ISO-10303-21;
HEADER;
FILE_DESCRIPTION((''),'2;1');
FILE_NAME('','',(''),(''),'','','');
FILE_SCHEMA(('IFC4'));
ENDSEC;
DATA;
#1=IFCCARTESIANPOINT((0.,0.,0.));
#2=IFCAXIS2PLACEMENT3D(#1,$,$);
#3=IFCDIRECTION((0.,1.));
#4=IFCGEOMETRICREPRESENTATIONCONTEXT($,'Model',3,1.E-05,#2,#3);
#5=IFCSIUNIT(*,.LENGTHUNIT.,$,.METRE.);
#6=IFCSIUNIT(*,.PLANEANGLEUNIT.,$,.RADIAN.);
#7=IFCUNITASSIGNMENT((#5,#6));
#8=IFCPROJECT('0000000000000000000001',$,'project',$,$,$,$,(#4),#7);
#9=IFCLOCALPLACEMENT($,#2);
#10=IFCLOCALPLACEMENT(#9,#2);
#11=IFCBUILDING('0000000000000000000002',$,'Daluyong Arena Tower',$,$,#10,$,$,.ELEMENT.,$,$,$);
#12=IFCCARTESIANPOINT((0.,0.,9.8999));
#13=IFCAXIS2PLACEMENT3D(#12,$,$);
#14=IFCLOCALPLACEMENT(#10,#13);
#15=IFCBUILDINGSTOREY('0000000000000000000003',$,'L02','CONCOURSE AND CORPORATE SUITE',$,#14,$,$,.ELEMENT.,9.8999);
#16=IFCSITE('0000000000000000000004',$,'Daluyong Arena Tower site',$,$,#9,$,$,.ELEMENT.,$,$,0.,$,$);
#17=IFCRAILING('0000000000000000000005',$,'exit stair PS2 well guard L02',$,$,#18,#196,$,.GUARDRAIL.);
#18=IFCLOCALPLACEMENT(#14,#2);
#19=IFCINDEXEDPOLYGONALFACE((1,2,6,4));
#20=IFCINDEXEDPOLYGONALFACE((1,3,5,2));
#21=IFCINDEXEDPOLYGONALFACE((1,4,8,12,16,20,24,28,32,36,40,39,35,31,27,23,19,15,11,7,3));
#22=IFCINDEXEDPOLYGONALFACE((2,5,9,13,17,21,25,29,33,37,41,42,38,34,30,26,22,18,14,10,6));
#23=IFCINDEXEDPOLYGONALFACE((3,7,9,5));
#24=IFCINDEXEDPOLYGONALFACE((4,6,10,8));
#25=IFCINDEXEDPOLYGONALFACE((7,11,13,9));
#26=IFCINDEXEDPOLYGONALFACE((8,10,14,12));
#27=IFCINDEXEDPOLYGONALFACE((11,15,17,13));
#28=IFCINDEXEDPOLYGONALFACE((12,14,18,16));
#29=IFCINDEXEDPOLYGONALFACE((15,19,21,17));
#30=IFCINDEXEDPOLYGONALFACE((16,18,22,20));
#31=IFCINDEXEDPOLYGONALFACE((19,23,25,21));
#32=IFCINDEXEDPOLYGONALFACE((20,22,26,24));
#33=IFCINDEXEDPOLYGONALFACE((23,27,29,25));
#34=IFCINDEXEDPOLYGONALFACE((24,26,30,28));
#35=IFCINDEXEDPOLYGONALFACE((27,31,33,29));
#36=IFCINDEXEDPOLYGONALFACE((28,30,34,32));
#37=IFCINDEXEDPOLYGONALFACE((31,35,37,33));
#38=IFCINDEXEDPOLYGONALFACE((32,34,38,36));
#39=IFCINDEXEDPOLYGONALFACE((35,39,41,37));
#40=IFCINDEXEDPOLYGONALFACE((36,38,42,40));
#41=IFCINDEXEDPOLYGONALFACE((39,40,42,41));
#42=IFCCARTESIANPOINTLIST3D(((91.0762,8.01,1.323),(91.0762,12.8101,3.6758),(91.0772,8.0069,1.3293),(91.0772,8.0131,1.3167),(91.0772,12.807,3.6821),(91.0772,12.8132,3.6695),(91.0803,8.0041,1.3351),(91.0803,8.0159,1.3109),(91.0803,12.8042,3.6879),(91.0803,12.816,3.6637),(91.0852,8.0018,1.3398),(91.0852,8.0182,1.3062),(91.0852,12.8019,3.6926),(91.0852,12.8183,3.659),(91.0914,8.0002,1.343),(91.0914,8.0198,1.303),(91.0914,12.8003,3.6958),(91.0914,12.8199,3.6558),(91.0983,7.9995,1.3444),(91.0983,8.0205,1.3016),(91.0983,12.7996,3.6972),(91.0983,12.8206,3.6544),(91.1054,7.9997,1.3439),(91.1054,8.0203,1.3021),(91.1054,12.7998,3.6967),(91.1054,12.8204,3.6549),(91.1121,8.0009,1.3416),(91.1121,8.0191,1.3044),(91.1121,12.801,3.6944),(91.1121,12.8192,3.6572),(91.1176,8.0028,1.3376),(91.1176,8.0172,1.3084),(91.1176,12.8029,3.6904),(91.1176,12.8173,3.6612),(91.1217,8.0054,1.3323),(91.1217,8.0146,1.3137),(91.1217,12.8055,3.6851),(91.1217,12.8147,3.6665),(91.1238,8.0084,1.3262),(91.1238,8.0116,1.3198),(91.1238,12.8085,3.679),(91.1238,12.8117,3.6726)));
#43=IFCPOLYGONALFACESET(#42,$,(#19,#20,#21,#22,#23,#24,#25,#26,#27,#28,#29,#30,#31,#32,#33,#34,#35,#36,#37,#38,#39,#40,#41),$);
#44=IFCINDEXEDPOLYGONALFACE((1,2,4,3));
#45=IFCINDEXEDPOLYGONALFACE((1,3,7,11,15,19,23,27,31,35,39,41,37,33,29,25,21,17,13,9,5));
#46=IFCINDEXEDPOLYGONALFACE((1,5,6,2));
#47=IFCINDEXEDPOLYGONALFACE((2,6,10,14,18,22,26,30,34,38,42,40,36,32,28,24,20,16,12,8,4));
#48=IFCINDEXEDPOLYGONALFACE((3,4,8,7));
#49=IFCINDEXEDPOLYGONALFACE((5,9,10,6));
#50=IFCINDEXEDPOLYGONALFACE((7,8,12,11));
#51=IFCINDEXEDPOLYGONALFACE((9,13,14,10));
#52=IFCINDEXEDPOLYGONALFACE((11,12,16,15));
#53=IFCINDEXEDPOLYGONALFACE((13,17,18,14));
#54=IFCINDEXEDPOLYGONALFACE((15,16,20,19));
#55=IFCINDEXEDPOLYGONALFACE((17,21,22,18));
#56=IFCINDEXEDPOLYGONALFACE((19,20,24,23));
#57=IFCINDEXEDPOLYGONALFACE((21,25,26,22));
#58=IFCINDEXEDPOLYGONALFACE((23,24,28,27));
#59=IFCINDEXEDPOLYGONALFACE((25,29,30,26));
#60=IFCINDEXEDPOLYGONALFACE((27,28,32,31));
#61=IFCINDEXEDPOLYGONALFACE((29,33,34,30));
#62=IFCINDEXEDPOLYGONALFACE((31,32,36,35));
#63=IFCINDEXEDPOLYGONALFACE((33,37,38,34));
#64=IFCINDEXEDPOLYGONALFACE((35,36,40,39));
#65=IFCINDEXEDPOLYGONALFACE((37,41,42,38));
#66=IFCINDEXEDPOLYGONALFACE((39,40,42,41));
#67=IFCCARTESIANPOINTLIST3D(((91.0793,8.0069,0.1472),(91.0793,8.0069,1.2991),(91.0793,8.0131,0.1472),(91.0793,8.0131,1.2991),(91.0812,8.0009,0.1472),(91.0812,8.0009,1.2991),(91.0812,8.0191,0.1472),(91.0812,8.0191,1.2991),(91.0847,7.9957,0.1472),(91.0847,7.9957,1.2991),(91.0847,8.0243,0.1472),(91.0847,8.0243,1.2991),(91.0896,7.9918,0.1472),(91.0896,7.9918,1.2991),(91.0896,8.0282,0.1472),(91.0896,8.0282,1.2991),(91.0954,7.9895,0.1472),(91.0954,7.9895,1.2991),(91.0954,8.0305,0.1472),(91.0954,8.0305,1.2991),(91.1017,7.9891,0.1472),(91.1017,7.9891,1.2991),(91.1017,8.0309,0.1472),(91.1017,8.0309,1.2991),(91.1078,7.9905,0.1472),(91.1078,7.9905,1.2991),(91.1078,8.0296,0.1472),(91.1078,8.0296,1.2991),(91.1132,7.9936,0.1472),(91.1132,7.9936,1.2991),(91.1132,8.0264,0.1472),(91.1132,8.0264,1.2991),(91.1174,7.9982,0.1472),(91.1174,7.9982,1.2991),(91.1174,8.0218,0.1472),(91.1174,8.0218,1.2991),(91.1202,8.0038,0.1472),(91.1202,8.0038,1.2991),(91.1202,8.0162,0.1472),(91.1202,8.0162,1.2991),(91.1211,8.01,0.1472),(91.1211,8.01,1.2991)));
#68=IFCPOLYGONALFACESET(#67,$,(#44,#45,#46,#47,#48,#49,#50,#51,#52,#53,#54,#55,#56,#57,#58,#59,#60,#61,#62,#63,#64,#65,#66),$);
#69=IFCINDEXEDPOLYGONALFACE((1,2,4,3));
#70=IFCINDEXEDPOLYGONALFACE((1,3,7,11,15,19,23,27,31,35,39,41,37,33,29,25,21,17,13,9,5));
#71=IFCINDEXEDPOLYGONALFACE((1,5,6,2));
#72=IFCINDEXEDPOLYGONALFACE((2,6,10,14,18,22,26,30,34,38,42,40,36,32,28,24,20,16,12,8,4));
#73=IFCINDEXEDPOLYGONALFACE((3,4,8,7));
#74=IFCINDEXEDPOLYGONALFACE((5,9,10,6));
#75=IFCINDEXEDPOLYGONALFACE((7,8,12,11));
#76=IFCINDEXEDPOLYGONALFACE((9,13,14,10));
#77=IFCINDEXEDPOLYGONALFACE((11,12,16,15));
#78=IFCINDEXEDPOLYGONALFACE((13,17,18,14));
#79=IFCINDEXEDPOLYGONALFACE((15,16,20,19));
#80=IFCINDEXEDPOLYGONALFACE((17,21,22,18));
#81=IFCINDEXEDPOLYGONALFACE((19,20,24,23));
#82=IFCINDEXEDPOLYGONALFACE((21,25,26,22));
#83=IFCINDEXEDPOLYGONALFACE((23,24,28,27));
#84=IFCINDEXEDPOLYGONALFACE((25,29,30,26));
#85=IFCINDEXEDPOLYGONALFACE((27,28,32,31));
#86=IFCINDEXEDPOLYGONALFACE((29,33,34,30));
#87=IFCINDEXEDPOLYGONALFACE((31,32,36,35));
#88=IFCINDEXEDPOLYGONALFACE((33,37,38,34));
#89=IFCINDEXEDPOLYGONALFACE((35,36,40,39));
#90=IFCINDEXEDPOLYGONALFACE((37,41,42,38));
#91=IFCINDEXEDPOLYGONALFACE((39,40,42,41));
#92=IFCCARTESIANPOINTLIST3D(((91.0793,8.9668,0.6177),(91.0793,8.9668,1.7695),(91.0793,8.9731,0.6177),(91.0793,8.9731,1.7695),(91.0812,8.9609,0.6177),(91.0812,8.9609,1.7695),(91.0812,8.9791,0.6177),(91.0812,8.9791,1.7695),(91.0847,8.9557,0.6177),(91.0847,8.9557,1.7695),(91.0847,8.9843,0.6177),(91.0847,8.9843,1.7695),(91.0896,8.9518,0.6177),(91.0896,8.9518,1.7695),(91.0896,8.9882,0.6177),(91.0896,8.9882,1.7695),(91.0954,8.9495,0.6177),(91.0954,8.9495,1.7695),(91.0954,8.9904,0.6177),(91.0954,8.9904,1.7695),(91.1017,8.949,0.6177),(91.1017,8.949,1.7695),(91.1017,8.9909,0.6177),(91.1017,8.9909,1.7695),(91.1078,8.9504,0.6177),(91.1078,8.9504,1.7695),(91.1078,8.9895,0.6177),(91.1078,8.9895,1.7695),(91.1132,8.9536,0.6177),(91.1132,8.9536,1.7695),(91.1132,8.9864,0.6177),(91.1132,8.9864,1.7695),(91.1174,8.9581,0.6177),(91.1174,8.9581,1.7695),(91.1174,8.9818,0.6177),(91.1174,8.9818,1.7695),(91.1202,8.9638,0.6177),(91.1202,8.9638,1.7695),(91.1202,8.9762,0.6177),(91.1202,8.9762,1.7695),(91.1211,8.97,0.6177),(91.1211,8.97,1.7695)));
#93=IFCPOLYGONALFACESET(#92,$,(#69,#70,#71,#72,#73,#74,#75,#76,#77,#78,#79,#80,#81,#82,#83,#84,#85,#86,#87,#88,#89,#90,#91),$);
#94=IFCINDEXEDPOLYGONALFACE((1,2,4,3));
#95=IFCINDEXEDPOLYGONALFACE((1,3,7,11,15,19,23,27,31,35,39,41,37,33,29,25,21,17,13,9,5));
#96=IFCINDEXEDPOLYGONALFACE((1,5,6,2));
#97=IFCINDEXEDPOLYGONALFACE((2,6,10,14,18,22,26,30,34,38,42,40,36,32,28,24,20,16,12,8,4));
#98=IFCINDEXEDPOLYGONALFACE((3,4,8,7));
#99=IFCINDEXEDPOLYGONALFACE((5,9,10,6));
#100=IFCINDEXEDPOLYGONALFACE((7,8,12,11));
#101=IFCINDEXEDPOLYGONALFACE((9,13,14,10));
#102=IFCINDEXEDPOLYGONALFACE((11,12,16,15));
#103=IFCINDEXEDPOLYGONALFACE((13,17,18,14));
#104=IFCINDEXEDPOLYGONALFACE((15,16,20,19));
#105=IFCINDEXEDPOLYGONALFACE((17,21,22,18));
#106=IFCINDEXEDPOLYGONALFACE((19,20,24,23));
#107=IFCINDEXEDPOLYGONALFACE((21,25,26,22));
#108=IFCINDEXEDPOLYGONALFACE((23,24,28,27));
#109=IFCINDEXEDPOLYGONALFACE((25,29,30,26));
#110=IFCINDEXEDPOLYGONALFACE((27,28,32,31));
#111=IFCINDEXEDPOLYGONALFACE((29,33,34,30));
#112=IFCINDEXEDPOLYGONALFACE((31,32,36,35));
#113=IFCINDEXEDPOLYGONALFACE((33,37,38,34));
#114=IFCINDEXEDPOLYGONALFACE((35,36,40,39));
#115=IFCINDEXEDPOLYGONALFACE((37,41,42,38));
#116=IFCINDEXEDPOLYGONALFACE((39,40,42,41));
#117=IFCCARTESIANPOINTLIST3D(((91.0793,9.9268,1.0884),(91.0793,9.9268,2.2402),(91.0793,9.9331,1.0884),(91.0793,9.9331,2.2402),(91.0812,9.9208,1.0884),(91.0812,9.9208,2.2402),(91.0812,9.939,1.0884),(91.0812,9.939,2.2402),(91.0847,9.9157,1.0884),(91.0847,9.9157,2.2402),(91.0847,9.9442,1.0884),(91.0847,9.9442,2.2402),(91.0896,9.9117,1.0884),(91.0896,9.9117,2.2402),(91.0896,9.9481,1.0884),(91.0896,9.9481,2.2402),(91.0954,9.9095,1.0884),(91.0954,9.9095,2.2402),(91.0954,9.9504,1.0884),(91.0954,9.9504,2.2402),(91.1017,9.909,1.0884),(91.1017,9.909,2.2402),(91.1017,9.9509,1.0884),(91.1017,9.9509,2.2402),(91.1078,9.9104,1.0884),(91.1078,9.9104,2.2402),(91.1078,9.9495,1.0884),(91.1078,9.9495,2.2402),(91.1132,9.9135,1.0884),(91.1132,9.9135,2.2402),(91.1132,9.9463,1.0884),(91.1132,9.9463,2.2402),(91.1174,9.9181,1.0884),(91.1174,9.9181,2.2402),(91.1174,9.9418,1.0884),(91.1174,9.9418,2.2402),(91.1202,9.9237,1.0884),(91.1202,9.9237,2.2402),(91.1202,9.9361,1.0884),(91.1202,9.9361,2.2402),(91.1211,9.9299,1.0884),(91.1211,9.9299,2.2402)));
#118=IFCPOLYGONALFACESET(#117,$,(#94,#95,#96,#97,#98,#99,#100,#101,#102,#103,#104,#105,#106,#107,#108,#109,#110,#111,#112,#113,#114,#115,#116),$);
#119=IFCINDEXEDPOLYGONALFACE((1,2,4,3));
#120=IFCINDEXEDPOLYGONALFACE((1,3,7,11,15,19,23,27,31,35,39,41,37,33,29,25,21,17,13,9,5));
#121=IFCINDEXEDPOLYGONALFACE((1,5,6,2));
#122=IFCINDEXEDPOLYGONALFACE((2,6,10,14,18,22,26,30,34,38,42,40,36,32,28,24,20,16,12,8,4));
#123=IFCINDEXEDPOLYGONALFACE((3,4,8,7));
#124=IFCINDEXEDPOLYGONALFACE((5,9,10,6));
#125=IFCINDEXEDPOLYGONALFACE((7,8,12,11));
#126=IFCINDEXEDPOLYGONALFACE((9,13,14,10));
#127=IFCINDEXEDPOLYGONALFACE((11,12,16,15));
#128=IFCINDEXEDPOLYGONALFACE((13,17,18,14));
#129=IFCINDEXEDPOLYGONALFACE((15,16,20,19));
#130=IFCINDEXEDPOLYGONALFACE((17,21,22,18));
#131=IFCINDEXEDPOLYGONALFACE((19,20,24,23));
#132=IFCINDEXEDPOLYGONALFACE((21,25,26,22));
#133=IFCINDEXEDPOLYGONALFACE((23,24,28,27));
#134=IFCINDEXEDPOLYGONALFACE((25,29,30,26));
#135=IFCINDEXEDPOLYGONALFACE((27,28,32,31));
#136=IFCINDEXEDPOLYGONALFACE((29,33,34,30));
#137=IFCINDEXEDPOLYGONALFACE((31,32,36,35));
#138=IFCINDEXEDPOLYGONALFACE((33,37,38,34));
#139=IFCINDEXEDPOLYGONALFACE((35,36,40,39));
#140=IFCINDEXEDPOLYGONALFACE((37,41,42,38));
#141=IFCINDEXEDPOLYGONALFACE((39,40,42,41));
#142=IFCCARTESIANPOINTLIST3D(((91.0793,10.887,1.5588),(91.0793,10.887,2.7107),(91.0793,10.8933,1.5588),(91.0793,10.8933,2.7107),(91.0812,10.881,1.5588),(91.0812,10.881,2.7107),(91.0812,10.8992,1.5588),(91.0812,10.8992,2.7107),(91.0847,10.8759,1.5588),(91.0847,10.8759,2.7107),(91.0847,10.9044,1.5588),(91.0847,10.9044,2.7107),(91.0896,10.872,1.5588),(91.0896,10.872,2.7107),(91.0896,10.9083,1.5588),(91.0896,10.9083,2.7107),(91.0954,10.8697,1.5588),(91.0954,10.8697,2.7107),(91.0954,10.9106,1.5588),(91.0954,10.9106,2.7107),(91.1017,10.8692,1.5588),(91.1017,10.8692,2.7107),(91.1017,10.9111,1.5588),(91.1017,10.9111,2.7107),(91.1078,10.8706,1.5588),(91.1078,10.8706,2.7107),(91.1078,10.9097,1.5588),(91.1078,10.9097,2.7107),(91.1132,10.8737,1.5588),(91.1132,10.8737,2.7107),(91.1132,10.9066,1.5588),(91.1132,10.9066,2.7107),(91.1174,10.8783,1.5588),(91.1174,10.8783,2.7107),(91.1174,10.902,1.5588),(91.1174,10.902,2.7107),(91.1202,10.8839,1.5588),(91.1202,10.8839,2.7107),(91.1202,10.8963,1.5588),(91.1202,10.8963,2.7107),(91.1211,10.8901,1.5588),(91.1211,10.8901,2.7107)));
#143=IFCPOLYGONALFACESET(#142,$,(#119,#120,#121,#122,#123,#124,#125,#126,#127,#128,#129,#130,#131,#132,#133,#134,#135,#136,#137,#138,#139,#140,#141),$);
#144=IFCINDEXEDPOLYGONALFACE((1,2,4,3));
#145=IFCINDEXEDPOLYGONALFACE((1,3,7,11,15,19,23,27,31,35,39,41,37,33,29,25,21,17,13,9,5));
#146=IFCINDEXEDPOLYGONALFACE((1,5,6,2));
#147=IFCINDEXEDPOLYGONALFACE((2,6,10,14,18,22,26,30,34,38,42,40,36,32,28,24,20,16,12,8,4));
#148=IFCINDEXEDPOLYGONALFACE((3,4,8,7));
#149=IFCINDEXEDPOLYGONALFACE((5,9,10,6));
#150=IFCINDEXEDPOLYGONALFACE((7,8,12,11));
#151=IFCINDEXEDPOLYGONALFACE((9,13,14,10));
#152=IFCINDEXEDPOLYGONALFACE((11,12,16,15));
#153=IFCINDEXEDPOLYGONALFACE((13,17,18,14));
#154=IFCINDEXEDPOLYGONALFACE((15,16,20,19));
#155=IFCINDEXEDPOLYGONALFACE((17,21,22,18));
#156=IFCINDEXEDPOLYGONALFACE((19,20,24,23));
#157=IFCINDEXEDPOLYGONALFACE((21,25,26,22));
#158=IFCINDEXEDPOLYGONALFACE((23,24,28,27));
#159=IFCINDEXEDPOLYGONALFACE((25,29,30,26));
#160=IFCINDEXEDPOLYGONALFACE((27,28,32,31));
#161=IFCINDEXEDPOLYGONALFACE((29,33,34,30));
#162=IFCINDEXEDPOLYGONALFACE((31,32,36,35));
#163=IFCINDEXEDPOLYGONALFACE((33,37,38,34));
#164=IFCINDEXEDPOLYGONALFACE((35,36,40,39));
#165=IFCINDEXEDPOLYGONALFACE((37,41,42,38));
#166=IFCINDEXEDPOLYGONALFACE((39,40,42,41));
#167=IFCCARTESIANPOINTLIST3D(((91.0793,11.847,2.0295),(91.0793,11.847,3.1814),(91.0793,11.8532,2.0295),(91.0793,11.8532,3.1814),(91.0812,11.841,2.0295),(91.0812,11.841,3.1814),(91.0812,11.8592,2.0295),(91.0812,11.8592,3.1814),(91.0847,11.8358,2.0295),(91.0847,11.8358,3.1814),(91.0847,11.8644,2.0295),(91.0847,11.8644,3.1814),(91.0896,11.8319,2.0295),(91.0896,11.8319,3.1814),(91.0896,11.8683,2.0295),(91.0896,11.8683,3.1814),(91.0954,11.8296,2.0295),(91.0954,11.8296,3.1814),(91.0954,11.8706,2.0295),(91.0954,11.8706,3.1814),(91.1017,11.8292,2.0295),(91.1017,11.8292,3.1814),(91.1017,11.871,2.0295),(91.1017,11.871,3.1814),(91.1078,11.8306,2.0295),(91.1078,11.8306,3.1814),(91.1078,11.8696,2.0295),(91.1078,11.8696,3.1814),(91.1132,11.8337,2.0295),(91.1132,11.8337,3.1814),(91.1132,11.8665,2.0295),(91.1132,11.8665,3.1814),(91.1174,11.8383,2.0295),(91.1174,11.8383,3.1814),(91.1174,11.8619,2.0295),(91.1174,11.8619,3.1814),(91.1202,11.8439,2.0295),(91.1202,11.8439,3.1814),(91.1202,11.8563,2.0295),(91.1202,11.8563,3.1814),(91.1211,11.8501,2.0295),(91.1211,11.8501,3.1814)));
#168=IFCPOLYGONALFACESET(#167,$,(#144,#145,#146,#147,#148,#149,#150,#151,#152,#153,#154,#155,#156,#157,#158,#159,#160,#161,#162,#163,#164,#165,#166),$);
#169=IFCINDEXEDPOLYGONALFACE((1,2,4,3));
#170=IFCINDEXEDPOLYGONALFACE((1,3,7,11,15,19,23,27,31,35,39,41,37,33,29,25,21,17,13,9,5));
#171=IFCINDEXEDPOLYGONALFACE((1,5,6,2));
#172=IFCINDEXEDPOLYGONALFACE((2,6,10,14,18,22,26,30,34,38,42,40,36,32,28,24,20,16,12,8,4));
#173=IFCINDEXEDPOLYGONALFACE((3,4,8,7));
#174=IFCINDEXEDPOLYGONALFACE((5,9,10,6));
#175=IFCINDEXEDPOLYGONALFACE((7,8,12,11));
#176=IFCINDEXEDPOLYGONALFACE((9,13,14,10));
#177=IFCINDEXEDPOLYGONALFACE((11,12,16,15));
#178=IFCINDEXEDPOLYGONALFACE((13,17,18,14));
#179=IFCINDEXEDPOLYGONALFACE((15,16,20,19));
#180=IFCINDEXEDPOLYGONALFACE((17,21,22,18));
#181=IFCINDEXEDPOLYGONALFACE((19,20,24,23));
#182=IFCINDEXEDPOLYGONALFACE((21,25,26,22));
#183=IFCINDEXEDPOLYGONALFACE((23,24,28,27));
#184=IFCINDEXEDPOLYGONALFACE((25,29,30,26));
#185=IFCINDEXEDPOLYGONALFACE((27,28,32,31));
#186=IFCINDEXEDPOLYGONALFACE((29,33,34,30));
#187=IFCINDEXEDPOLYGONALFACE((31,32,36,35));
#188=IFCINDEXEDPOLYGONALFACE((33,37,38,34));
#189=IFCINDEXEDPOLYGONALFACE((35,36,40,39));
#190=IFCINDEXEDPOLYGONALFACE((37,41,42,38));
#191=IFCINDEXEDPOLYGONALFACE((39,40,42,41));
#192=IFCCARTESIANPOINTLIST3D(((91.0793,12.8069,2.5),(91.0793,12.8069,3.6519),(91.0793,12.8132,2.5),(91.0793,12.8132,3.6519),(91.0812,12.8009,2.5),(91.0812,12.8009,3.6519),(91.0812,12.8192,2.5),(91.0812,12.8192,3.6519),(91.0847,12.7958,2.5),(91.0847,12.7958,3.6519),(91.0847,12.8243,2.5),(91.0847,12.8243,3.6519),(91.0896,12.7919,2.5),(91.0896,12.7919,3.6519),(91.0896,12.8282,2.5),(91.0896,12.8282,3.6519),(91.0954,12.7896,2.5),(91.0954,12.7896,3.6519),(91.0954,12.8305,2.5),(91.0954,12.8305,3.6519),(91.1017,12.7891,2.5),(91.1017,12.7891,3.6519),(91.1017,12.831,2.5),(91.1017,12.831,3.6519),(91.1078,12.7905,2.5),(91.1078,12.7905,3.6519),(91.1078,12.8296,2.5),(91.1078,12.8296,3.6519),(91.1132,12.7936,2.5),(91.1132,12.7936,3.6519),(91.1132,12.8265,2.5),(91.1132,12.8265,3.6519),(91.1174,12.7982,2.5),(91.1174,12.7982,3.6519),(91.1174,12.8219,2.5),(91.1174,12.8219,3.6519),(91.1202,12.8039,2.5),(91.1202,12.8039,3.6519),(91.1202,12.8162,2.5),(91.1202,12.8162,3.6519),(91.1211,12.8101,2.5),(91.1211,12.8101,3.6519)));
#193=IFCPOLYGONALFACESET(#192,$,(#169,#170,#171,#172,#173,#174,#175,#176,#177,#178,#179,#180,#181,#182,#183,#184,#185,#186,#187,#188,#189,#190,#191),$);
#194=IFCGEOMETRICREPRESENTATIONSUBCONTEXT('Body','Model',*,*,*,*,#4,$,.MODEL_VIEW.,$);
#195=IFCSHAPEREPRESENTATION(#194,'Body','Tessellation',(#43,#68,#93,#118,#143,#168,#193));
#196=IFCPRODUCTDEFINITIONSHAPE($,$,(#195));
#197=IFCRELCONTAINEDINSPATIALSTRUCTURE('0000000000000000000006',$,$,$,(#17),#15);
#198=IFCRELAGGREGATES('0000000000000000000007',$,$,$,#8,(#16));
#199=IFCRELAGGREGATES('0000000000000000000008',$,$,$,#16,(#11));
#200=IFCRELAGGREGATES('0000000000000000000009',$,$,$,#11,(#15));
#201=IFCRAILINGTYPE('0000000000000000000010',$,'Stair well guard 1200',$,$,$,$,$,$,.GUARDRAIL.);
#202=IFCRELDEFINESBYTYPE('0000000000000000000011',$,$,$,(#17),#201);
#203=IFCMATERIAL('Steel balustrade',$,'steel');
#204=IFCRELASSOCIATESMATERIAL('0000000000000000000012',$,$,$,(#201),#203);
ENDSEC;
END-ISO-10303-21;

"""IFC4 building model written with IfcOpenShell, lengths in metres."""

from ifc_helpers import new_model, si_unit, direction, frame, origin, origin_2d, place, context, subcontext, project, spatial, circle, extrude, material, type_object, element, save


model = new_model("IFC4")

# Units and contexts
model_context = context("Model", 3, precision=1e-05, world=origin(), true_north=direction((0.0, 1.0)))
body_context = subcontext(model_context, "Body", "Model", "MODEL_VIEW")
ifc_project = project(units=[si_unit("LENGTHUNIT", "METRE"), si_unit("PLANEANGLEUNIT", "RADIAN")], contexts=[model_context])

# Site, building, storey
site_placement = place(None, origin())
site = spatial("IfcSite", under=ifc_project, at=site_placement, Name="Daluyong Arena Tower site", CompositionType="ELEMENT", RefElevation=0.0)
building_placement = place(site_placement, origin())
building = spatial("IfcBuilding", under=site, at=building_placement, Name="Daluyong Arena Tower", CompositionType="ELEMENT")
storey_placement = place(building_placement, frame((0.0, 0.0, 9.8999)))
storey = spatial("IfcBuildingStorey", under=building, at=storey_placement, Name="L02", Description="CONCOURSE AND CORPORATE SUITE", CompositionType="ELEMENT", Elevation=9.8999)

# Railing
ifc_material_1 = material(Name="Steel balustrade", Category="steel")
railing_type_1 = type_object("IfcRailingType", Name="Stair well guard 1200", PredefinedType="GUARDRAIL", material=ifc_material_1)
railing_1_placement = place(storey_placement, frame((91.1001, 8.01, 0.1472)))
element("IfcRailing", 1, at=railing_1_placement, inside=storey, type_object=railing_type_1, Name="exit stair PS2 well guard L02", PredefinedType="GUARDRAIL", context=body_context, shape_type="SweptSolid", body=[
    extrude(circle(Radius=0.0239, at=origin_2d()), frame((0.0, 0.0, 1.1758), z_axis=(0.0, 0.897934, 0.44013), x_axis=(-1.0, 0.0, 0.0)), (0.0, 0.0, 1.0), 5.3457),
    extrude(circle(Radius=0.021, at=origin_2d()), origin(), (0.0, 0.0, 1.0), 1.1519),
    extrude(circle(Radius=0.021, at=origin_2d()), frame((0.0, 0.96, 0.4705)), (0.0, 0.0, 1.0), 1.1519),
    extrude(circle(Radius=0.021, at=origin_2d()), frame((0.0, 1.9199, 0.9412)), (0.0, 0.0, 1.0), 1.1519),
    extrude(circle(Radius=0.021, at=origin_2d()), frame((0.0, 2.8801, 1.4116)), (0.0, 0.0, 1.0), 1.1519),
    extrude(circle(Radius=0.021, at=origin_2d()), frame((0.0, 3.8401, 1.8823)), (0.0, 0.0, 1.0), 1.1519),
    extrude(circle(Radius=0.021, at=origin_2d()), frame((0.0, 4.8, 2.3528)), (0.0, 0.0, 1.0), 1.1519),
])

save(model, "model.ifc")
